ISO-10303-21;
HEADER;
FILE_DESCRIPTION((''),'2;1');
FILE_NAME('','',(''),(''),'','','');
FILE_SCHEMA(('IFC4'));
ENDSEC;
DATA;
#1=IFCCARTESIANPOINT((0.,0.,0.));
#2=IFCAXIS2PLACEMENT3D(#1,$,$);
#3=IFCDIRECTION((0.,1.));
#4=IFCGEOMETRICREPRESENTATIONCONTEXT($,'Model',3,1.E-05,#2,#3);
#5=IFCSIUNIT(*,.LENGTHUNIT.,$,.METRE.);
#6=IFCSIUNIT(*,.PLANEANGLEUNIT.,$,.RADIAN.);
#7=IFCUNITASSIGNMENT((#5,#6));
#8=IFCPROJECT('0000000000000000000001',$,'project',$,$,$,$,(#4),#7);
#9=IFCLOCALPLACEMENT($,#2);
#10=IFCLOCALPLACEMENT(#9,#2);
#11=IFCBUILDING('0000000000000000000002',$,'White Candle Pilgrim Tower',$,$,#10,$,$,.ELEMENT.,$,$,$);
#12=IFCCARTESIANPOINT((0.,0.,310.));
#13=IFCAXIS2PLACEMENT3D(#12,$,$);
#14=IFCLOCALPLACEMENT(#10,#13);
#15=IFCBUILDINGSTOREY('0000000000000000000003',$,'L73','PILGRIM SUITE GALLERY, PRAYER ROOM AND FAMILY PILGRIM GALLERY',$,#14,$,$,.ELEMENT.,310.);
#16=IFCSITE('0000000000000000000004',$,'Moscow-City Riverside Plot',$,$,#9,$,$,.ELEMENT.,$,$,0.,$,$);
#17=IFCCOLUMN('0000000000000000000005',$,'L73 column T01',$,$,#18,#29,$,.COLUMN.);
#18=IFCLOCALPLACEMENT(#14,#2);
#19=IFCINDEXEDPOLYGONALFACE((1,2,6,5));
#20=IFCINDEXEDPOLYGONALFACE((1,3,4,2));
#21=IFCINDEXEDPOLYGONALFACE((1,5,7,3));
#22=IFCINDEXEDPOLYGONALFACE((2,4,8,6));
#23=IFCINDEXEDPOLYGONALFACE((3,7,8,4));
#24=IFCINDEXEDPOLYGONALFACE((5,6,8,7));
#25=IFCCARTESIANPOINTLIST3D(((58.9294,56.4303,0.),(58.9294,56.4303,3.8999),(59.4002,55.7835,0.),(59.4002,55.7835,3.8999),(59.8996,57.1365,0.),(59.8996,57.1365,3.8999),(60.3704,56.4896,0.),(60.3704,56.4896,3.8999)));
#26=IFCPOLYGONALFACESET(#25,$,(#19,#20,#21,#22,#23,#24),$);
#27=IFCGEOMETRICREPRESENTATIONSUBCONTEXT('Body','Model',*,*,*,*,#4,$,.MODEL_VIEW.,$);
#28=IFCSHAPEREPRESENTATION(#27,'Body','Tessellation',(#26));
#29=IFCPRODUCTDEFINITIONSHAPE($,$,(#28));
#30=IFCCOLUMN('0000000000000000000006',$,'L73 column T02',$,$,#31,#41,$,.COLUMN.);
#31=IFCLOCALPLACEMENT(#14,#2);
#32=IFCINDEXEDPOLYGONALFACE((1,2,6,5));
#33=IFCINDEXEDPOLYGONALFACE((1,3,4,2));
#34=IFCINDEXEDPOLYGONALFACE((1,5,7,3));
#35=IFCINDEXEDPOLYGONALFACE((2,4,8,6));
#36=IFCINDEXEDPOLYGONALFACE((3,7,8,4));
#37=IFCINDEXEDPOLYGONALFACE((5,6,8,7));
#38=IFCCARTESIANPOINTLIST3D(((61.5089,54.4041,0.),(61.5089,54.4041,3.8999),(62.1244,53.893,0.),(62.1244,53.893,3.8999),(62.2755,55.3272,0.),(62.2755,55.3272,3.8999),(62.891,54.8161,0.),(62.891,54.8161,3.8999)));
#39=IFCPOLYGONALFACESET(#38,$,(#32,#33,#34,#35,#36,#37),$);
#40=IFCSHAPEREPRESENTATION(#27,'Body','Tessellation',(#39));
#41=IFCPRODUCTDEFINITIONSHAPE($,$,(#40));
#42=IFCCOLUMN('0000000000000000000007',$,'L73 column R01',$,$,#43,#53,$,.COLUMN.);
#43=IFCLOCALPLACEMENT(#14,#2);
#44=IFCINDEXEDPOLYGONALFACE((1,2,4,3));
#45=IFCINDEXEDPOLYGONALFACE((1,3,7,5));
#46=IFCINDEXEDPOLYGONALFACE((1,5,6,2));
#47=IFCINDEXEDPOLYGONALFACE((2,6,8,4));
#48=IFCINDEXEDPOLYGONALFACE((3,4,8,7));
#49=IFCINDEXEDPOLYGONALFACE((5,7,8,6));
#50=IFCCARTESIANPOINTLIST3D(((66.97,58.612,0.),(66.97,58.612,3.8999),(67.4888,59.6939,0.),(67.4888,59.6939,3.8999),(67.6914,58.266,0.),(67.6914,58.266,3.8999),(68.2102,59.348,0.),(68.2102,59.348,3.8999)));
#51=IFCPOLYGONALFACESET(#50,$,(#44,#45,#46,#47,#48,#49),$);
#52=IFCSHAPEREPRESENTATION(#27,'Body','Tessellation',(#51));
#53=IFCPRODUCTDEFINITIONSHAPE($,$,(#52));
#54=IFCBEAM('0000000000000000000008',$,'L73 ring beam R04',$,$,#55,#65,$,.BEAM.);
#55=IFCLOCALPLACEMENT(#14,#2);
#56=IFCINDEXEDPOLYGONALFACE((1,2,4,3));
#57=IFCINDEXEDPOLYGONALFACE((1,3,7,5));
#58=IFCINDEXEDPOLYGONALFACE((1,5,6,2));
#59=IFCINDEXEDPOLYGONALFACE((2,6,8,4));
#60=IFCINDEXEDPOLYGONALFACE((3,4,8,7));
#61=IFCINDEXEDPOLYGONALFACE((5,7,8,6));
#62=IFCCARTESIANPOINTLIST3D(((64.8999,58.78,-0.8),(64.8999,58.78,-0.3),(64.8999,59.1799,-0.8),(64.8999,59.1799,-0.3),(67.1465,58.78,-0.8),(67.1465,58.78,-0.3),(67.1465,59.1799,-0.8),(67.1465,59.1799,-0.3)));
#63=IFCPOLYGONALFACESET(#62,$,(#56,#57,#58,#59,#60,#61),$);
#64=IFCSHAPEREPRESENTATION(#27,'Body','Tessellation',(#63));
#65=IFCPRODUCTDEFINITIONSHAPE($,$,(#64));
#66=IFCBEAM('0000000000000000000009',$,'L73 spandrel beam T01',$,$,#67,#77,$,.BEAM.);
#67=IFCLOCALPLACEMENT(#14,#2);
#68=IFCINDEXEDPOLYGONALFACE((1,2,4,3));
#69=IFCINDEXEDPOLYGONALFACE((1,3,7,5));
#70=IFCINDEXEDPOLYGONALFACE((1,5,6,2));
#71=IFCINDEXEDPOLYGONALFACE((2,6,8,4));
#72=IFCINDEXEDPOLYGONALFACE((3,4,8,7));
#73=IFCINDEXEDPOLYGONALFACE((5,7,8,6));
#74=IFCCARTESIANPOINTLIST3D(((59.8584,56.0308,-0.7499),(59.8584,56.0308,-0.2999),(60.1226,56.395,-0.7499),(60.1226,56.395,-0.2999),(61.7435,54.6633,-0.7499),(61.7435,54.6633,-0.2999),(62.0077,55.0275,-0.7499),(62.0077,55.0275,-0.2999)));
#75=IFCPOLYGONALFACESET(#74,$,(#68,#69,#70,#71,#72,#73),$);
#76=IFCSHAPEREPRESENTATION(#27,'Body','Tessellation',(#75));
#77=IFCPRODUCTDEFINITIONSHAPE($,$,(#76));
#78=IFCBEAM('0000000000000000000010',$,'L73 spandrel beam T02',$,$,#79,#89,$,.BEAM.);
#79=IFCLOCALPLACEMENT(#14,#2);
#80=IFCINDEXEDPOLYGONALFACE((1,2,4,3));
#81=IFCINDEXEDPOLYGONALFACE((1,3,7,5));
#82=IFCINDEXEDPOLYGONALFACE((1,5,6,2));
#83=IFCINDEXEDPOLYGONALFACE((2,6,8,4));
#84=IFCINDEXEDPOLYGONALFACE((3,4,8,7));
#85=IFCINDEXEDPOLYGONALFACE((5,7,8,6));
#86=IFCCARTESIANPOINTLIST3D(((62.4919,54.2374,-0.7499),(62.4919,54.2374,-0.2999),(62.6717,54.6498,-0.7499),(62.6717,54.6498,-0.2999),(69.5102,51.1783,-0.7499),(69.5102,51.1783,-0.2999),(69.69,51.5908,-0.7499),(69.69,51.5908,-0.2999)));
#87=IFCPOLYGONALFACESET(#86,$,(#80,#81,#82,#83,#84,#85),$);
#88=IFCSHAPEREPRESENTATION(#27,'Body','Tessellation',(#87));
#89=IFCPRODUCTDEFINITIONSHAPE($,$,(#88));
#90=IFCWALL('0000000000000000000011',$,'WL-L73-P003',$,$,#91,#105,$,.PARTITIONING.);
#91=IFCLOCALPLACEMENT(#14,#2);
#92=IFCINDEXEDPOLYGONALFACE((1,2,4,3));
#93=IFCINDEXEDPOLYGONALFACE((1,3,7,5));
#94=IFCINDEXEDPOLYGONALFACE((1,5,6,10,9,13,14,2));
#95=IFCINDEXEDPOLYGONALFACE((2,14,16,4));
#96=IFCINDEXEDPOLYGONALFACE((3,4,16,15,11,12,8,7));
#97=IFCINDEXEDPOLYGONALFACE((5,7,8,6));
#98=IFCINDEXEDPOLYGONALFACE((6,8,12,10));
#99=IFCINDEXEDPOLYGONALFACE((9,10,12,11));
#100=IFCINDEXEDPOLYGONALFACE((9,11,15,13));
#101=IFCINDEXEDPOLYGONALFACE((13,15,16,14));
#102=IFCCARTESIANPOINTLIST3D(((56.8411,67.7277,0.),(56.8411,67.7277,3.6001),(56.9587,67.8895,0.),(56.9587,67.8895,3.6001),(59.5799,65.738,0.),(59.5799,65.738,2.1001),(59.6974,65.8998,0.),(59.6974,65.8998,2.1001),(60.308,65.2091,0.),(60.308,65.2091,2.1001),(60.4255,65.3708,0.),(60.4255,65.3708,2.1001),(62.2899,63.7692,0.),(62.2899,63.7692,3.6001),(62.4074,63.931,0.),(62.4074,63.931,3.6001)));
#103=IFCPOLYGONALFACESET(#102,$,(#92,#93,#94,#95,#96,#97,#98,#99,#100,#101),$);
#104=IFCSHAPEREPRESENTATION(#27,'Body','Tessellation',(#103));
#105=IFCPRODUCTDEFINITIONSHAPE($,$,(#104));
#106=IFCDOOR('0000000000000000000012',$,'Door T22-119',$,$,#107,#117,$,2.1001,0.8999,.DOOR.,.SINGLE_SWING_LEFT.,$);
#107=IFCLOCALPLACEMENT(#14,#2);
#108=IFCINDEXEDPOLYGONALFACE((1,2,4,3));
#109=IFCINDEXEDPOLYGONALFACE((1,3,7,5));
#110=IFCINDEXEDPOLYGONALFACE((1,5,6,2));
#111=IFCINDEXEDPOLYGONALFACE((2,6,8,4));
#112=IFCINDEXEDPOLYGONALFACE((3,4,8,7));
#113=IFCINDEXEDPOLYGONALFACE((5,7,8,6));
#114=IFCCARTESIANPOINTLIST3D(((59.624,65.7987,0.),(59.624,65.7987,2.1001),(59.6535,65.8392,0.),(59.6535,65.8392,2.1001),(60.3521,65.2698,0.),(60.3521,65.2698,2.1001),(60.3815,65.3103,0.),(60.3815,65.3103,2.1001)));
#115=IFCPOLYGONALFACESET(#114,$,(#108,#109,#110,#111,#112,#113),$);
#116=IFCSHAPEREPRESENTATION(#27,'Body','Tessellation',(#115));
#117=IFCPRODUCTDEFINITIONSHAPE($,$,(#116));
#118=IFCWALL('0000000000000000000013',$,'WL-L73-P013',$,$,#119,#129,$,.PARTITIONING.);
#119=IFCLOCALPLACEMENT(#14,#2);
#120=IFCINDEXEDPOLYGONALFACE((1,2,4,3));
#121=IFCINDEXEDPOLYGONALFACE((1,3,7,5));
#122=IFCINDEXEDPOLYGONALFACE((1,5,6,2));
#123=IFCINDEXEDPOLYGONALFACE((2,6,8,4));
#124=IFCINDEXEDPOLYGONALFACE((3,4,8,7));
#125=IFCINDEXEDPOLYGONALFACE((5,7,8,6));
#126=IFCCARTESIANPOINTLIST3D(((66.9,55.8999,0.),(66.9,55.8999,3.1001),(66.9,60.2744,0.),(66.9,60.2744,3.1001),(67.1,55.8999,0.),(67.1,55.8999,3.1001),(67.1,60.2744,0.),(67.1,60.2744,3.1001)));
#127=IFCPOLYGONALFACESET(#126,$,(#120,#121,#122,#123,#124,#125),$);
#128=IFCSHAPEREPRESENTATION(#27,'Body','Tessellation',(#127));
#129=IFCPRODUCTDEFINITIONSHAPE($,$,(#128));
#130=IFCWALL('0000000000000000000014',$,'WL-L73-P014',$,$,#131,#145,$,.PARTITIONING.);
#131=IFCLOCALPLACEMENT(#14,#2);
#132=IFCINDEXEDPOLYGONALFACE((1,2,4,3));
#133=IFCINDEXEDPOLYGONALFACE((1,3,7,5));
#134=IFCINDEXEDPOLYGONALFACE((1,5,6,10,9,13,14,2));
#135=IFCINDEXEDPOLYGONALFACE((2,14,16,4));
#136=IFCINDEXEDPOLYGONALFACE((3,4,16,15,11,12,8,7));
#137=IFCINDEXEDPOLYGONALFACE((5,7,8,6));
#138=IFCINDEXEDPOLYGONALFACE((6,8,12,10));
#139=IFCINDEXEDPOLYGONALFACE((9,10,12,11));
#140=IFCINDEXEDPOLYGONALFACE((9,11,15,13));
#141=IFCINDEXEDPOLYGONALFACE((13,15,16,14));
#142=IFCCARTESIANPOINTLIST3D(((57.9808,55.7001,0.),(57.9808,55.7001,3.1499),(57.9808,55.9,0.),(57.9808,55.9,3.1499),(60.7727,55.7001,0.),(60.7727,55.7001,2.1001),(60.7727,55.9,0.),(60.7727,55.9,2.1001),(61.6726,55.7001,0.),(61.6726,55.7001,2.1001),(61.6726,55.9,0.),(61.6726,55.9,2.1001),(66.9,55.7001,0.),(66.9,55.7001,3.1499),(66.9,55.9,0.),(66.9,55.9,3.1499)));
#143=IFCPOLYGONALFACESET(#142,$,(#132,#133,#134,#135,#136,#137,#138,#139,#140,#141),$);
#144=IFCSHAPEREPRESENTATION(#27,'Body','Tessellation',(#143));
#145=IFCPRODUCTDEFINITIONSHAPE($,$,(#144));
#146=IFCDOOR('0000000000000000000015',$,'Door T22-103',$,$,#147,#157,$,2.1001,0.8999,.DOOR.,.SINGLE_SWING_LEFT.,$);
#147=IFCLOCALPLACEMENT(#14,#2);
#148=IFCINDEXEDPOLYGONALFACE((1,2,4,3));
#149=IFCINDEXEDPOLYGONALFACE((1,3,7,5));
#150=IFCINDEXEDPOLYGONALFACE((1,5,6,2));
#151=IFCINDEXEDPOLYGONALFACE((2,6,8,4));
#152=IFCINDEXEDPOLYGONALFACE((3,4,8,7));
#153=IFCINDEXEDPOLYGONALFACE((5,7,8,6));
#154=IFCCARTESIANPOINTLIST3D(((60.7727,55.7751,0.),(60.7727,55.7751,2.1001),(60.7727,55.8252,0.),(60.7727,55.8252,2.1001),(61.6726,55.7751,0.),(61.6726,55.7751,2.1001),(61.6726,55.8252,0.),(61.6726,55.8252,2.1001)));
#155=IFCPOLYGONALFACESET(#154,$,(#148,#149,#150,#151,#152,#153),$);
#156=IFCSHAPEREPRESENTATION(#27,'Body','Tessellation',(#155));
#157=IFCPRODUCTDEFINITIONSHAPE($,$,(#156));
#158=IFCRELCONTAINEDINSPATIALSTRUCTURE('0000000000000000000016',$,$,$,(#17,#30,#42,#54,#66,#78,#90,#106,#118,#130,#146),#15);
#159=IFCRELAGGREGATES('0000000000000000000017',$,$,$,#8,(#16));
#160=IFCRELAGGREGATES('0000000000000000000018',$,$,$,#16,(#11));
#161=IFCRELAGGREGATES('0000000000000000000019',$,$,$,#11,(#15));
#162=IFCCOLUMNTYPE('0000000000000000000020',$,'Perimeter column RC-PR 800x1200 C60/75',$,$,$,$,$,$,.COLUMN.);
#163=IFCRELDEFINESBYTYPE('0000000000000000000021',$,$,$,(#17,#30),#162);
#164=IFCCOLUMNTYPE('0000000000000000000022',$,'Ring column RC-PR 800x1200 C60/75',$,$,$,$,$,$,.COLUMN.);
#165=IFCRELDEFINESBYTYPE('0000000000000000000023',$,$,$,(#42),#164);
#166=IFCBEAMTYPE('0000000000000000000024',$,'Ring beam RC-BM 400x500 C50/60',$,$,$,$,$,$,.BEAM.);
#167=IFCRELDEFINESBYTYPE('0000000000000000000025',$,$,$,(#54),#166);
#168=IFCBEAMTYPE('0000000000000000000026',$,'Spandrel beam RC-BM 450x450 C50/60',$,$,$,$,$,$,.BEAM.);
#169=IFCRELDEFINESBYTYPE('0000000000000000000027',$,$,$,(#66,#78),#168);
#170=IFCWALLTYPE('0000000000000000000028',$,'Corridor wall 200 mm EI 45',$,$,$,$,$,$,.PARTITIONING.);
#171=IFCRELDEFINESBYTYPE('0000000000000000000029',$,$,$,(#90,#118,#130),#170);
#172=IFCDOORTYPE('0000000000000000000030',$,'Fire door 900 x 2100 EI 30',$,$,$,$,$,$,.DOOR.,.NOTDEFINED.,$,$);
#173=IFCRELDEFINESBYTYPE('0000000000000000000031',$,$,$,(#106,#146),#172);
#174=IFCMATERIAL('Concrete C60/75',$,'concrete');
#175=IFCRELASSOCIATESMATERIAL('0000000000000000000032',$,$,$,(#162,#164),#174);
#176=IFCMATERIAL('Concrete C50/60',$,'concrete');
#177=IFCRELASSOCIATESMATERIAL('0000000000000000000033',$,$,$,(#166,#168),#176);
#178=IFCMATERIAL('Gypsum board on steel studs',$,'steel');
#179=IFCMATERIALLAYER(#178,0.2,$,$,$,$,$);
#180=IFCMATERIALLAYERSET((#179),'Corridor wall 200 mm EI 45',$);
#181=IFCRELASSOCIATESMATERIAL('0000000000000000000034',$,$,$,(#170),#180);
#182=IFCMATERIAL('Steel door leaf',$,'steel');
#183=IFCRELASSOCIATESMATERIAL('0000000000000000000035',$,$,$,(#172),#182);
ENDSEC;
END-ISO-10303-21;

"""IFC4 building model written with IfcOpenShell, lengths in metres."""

from ifc_helpers import new_model, si_unit, direction, frame, frame_2d, origin, origin_2d, place, context, subcontext, project, spatial, rectangle, extrude, material, layer, layer_set, material_profile, profile_set, type_object, element, fill, save


model = new_model("IFC4")

# Units and contexts
model_context = context("Model", 3, precision=1e-05, world=origin(), true_north=direction((0.0, 1.0)))
body_context = subcontext(model_context, "Body", "Model", "MODEL_VIEW")
ifc_project = project(units=[si_unit("LENGTHUNIT", "METRE"), si_unit("PLANEANGLEUNIT", "RADIAN")], contexts=[model_context])

# Site, building, storey
site_placement = place(None, origin())
site = spatial("IfcSite", under=ifc_project, at=site_placement, Name="Moscow-City Riverside Plot", CompositionType="ELEMENT", RefElevation=0.0)
building_placement = place(site_placement, origin())
building = spatial("IfcBuilding", under=site, at=building_placement, Name="White Candle Pilgrim Tower", CompositionType="ELEMENT")
storey_placement = place(building_placement, frame((0.0, 0.0, 310.0)))
storey = spatial("IfcBuildingStorey", under=building, at=storey_placement, Name="L73", Description="PILGRIM SUITE GALLERY, PRAYER ROOM AND FAMILY PILGRIM GALLERY", CompositionType="ELEMENT", Elevation=310.0)

# Columns
ifc_material_1 = material(Name="Concrete C60/75", Category="concrete")
ifc_material_profile_1 = material_profile(ifc_material_1, rectangle(XDim=0.8, YDim=1.2, at=origin_2d()), Name="RC-PR 800x1200")
ifc_profile_set_1 = profile_set([ifc_material_profile_1], Name="Concrete C60/75")
column_type_1 = type_object("IfcColumnType", Name="Perimeter column RC-PR 800x1200 C60/75", PredefinedType="COLUMN", material=ifc_profile_set_1)
for number, where, z_axis, x_axis, name in (
    (1, (59.6499, 56.46, 0.0), (0.0, 0.0, 1.0), (-0.588463, 0.808524, 0.0), "L73 column T01"),
    (2, (62.2, 54.6101, 0.0), (0.0, 0.0, 1.0), (-0.76931, 0.638875, 0.0), "L73 column T02"),
):
    element("IfcColumn", number, at=place(storey_placement, frame(where, z_axis=z_axis, x_axis=x_axis)), inside=storey, type_object=column_type_1, Name=name, PredefinedType="COLUMN", context=body_context, shape_type="SweptSolid", body=[
        extrude(rectangle(XDim=0.8, YDim=1.2, at=origin_2d()), origin(), (0.0, 0.0, 1.0), 3.8999),
    ])
ifc_material_profile_2 = material_profile(ifc_material_1, rectangle(XDim=0.8, YDim=1.2, at=origin_2d()), Name="RC-PR 800x1200")
ifc_profile_set_2 = profile_set([ifc_material_profile_2], Name="Concrete C60/75")
column_type_2 = type_object("IfcColumnType", Name="Ring column RC-PR 800x1200 C60/75", PredefinedType="COLUMN", material=ifc_profile_set_2)
column_placement = place(storey_placement, frame((67.5901, 58.98, 0.0), z_axis=(0.0, 0.0, 1.0), x_axis=(-0.901689, 0.432385, 0.0)))
element("IfcColumn", 3, at=column_placement, inside=storey, type_object=column_type_2, Name="L73 column R01", PredefinedType="COLUMN", context=body_context, shape_type="SweptSolid", body=[
    extrude(rectangle(XDim=0.8, YDim=1.2, at=origin_2d()), origin(), (0.0, 0.0, 1.0), 3.8999),
])

# Beams
ifc_material_2 = material(Name="Concrete C50/60", Category="concrete")
ifc_material_profile_3 = material_profile(ifc_material_2, rectangle(XDim=0.3999, YDim=0.5, at=origin_2d()), Name="RC-BM 400x500")
ifc_profile_set_3 = profile_set([ifc_material_profile_3], Name="Concrete C50/60")
beam_type_1 = type_object("IfcBeamType", Name="Ring beam RC-BM 400x500 C50/60", PredefinedType="BEAM", material=ifc_profile_set_3)
beam_1_placement = place(storey_placement, frame((67.1465, 58.98, -0.55), z_axis=(-1.0, 0.0, 0.0), x_axis=(0.0, -1.0, 0.0)))
element("IfcBeam", 4, at=beam_1_placement, inside=storey, type_object=beam_type_1, Name="L73 ring beam R04", PredefinedType="BEAM", context=body_context, shape_type="SweptSolid", body=[
    extrude(rectangle(XDim=0.3999, YDim=0.5, at=origin_2d()), origin(), (0.0, 0.0, 1.0), 2.2466),
])
ifc_material_profile_4 = material_profile(ifc_material_2, rectangle(XDim=0.45, YDim=0.45, at=origin_2d()), Name="RC-BM 450x450")
ifc_profile_set_4 = profile_set([ifc_material_profile_4], Name="Concrete C50/60")
beam_type_2 = type_object("IfcBeamType", Name="Spandrel beam RC-BM 450x450 C50/60", PredefinedType="BEAM", material=ifc_profile_set_4)
beam_2_placement = place(storey_placement, frame((59.9905, 56.2129, -0.5249), z_axis=(0.809447, -0.587193, 0.0), x_axis=(0.587193, 0.809447, 0.0)))
element("IfcBeam", 5, at=beam_2_placement, inside=storey, type_object=beam_type_2, Name="L73 spandrel beam T01", PredefinedType="BEAM", context=body_context, shape_type="SweptSolid", body=[
    extrude(rectangle(XDim=0.45, YDim=0.45, at=origin_2d()), origin(), (0.0, 0.0, 1.0), 2.3289),
])
beam_3_placement = place(storey_placement, frame((62.5818, 54.4436, -0.5249), z_axis=(0.916705, -0.399565, 0.0), x_axis=(0.399565, 0.916705, 0.0)))
element("IfcBeam", 6, at=beam_3_placement, inside=storey, type_object=beam_type_2, Name="L73 spandrel beam T02", PredefinedType="BEAM", context=body_context, shape_type="SweptSolid", body=[
    extrude(rectangle(XDim=0.45, YDim=0.45, at=origin_2d()), origin(), (0.0, 0.0, 1.0), 7.656),
])

# Wall, opening, door
ifc_material_3 = material(Name="Gypsum board on steel studs", Category="steel")
ifc_layer_1 = layer(ifc_material_3, 0.2)
ifc_layer_set_1 = layer_set([ifc_layer_1], Name="Corridor wall 200 mm EI 45")
wall_type_1 = type_object("IfcWallType", Name="Corridor wall 200 mm EI 45", PredefinedType="PARTITIONING", material=ifc_layer_set_1)
wall_1_placement = place(storey_placement, frame((62.3486, 63.8501, 0.0), z_axis=(0.0, 0.0, 1.0), x_axis=(-0.809034, 0.587762, 0.0)))
wall_1 = element("IfcWall", 7, at=wall_1_placement, inside=storey, type_object=wall_type_1, Name="WL-L73-P003", PredefinedType="PARTITIONING", context=body_context, shape_type="SweptSolid", body=[
    extrude(rectangle(XDim=6.7349, YDim=0.2, at=frame_2d((3.3674, 0.0))), origin(), (0.0, 0.0, 1.0), 3.6001),
])
opening_1_placement = place(wall_1_placement, frame((2.4497, 0.0, 0.0)))
opening_1 = element("IfcOpeningElement", 8, at=opening_1_placement, cuts=wall_1, PredefinedType="OPENING", context=body_context, shape_type="SweptSolid", body=[
    extrude(rectangle(XDim=0.8999, YDim=2.1001, at=frame_2d((0.45, 1.05))), frame((0.0, 0.1099, 0.0), z_axis=(0.0, -1.0, 0.0), x_axis=(1.0, 0.0, 0.0)), (0.0, 0.0, 1.0), 0.22),
])
ifc_material_4 = material(Name="Steel door leaf", Category="steel")
door_type_1 = type_object("IfcDoorType", Name="Fire door 900 x 2100 EI 30", OperationType="NOTDEFINED", PredefinedType="DOOR", material=ifc_material_4)
door_1_placement = place(opening_1_placement, origin())
door_1 = element("IfcDoor", 9, at=door_1_placement, inside=storey, type_object=door_type_1, Name="Door T22-119", OperationType="SINGLE_SWING_LEFT", OverallHeight=2.1001, OverallWidth=0.8999, PredefinedType="DOOR", context=body_context, shape_type="SweptSolid", body=[
    extrude(rectangle(XDim=0.8999, YDim=2.1001, at=frame_2d((0.45, 1.05))), frame((0.0, 0.0249, 0.0), z_axis=(0.0, -1.0, 0.0), x_axis=(1.0, 0.0, 0.0)), (0.0, 0.0, 1.0), 0.05),
])
fill(opening_1, door_1)

# Wall
wall_2_placement = place(storey_placement, frame((67.0, 60.2744, 0.0), z_axis=(0.0, 0.0, 1.0), x_axis=(0.0, -1.0, 0.0)))
element("IfcWall", 10, at=wall_2_placement, inside=storey, type_object=wall_type_1, Name="WL-L73-P013", PredefinedType="PARTITIONING", context=body_context, shape_type="SweptSolid", body=[
    extrude(rectangle(XDim=4.3745, YDim=0.2, at=frame_2d((2.1873, 0.0))), origin(), (0.0, 0.0, 1.0), 3.1001),
])

# Wall, opening, door
wall_3_placement = place(storey_placement, frame((66.8999, 55.8, 0.0), z_axis=(0.0, 0.0, 1.0), x_axis=(-1.0, 0.0, 0.0)))
wall_3 = element("IfcWall", 11, at=wall_3_placement, inside=storey, type_object=wall_type_1, Name="WL-L73-P014", PredefinedType="PARTITIONING", context=body_context, shape_type="SweptSolid", body=[
    extrude(rectangle(XDim=8.9192, YDim=0.2, at=frame_2d((4.4595, 0.0))), origin(), (0.0, 0.0, 1.0), 3.1499),
])
opening_2_placement = place(wall_3_placement, frame((5.2273, 0.0, 0.0)))
opening_2 = element("IfcOpeningElement", 12, at=opening_2_placement, cuts=wall_3, PredefinedType="OPENING", context=body_context, shape_type="SweptSolid", body=[
    extrude(rectangle(XDim=0.8999, YDim=2.1001, at=frame_2d((0.45, 1.05))), frame((0.0, 0.1099, 0.0), z_axis=(0.0, -1.0, 0.0), x_axis=(1.0, 0.0, 0.0)), (0.0, 0.0, 1.0), 0.22),
])
door_2_placement = place(opening_2_placement, origin())
door_2 = element("IfcDoor", 13, at=door_2_placement, inside=storey, type_object=door_type_1, Name="Door T22-103", OperationType="SINGLE_SWING_LEFT", OverallHeight=2.1001, OverallWidth=0.8999, PredefinedType="DOOR", context=body_context, shape_type="SweptSolid", body=[
    extrude(rectangle(XDim=0.8999, YDim=2.1001, at=frame_2d((0.45, 1.05))), frame((0.0, 0.0249, 0.0), z_axis=(0.0, -1.0, 0.0), x_axis=(1.0, 0.0, 0.0)), (0.0, 0.0, 1.0), 0.05),
])
fill(opening_2, door_2)

save(model, "model.ifc")
